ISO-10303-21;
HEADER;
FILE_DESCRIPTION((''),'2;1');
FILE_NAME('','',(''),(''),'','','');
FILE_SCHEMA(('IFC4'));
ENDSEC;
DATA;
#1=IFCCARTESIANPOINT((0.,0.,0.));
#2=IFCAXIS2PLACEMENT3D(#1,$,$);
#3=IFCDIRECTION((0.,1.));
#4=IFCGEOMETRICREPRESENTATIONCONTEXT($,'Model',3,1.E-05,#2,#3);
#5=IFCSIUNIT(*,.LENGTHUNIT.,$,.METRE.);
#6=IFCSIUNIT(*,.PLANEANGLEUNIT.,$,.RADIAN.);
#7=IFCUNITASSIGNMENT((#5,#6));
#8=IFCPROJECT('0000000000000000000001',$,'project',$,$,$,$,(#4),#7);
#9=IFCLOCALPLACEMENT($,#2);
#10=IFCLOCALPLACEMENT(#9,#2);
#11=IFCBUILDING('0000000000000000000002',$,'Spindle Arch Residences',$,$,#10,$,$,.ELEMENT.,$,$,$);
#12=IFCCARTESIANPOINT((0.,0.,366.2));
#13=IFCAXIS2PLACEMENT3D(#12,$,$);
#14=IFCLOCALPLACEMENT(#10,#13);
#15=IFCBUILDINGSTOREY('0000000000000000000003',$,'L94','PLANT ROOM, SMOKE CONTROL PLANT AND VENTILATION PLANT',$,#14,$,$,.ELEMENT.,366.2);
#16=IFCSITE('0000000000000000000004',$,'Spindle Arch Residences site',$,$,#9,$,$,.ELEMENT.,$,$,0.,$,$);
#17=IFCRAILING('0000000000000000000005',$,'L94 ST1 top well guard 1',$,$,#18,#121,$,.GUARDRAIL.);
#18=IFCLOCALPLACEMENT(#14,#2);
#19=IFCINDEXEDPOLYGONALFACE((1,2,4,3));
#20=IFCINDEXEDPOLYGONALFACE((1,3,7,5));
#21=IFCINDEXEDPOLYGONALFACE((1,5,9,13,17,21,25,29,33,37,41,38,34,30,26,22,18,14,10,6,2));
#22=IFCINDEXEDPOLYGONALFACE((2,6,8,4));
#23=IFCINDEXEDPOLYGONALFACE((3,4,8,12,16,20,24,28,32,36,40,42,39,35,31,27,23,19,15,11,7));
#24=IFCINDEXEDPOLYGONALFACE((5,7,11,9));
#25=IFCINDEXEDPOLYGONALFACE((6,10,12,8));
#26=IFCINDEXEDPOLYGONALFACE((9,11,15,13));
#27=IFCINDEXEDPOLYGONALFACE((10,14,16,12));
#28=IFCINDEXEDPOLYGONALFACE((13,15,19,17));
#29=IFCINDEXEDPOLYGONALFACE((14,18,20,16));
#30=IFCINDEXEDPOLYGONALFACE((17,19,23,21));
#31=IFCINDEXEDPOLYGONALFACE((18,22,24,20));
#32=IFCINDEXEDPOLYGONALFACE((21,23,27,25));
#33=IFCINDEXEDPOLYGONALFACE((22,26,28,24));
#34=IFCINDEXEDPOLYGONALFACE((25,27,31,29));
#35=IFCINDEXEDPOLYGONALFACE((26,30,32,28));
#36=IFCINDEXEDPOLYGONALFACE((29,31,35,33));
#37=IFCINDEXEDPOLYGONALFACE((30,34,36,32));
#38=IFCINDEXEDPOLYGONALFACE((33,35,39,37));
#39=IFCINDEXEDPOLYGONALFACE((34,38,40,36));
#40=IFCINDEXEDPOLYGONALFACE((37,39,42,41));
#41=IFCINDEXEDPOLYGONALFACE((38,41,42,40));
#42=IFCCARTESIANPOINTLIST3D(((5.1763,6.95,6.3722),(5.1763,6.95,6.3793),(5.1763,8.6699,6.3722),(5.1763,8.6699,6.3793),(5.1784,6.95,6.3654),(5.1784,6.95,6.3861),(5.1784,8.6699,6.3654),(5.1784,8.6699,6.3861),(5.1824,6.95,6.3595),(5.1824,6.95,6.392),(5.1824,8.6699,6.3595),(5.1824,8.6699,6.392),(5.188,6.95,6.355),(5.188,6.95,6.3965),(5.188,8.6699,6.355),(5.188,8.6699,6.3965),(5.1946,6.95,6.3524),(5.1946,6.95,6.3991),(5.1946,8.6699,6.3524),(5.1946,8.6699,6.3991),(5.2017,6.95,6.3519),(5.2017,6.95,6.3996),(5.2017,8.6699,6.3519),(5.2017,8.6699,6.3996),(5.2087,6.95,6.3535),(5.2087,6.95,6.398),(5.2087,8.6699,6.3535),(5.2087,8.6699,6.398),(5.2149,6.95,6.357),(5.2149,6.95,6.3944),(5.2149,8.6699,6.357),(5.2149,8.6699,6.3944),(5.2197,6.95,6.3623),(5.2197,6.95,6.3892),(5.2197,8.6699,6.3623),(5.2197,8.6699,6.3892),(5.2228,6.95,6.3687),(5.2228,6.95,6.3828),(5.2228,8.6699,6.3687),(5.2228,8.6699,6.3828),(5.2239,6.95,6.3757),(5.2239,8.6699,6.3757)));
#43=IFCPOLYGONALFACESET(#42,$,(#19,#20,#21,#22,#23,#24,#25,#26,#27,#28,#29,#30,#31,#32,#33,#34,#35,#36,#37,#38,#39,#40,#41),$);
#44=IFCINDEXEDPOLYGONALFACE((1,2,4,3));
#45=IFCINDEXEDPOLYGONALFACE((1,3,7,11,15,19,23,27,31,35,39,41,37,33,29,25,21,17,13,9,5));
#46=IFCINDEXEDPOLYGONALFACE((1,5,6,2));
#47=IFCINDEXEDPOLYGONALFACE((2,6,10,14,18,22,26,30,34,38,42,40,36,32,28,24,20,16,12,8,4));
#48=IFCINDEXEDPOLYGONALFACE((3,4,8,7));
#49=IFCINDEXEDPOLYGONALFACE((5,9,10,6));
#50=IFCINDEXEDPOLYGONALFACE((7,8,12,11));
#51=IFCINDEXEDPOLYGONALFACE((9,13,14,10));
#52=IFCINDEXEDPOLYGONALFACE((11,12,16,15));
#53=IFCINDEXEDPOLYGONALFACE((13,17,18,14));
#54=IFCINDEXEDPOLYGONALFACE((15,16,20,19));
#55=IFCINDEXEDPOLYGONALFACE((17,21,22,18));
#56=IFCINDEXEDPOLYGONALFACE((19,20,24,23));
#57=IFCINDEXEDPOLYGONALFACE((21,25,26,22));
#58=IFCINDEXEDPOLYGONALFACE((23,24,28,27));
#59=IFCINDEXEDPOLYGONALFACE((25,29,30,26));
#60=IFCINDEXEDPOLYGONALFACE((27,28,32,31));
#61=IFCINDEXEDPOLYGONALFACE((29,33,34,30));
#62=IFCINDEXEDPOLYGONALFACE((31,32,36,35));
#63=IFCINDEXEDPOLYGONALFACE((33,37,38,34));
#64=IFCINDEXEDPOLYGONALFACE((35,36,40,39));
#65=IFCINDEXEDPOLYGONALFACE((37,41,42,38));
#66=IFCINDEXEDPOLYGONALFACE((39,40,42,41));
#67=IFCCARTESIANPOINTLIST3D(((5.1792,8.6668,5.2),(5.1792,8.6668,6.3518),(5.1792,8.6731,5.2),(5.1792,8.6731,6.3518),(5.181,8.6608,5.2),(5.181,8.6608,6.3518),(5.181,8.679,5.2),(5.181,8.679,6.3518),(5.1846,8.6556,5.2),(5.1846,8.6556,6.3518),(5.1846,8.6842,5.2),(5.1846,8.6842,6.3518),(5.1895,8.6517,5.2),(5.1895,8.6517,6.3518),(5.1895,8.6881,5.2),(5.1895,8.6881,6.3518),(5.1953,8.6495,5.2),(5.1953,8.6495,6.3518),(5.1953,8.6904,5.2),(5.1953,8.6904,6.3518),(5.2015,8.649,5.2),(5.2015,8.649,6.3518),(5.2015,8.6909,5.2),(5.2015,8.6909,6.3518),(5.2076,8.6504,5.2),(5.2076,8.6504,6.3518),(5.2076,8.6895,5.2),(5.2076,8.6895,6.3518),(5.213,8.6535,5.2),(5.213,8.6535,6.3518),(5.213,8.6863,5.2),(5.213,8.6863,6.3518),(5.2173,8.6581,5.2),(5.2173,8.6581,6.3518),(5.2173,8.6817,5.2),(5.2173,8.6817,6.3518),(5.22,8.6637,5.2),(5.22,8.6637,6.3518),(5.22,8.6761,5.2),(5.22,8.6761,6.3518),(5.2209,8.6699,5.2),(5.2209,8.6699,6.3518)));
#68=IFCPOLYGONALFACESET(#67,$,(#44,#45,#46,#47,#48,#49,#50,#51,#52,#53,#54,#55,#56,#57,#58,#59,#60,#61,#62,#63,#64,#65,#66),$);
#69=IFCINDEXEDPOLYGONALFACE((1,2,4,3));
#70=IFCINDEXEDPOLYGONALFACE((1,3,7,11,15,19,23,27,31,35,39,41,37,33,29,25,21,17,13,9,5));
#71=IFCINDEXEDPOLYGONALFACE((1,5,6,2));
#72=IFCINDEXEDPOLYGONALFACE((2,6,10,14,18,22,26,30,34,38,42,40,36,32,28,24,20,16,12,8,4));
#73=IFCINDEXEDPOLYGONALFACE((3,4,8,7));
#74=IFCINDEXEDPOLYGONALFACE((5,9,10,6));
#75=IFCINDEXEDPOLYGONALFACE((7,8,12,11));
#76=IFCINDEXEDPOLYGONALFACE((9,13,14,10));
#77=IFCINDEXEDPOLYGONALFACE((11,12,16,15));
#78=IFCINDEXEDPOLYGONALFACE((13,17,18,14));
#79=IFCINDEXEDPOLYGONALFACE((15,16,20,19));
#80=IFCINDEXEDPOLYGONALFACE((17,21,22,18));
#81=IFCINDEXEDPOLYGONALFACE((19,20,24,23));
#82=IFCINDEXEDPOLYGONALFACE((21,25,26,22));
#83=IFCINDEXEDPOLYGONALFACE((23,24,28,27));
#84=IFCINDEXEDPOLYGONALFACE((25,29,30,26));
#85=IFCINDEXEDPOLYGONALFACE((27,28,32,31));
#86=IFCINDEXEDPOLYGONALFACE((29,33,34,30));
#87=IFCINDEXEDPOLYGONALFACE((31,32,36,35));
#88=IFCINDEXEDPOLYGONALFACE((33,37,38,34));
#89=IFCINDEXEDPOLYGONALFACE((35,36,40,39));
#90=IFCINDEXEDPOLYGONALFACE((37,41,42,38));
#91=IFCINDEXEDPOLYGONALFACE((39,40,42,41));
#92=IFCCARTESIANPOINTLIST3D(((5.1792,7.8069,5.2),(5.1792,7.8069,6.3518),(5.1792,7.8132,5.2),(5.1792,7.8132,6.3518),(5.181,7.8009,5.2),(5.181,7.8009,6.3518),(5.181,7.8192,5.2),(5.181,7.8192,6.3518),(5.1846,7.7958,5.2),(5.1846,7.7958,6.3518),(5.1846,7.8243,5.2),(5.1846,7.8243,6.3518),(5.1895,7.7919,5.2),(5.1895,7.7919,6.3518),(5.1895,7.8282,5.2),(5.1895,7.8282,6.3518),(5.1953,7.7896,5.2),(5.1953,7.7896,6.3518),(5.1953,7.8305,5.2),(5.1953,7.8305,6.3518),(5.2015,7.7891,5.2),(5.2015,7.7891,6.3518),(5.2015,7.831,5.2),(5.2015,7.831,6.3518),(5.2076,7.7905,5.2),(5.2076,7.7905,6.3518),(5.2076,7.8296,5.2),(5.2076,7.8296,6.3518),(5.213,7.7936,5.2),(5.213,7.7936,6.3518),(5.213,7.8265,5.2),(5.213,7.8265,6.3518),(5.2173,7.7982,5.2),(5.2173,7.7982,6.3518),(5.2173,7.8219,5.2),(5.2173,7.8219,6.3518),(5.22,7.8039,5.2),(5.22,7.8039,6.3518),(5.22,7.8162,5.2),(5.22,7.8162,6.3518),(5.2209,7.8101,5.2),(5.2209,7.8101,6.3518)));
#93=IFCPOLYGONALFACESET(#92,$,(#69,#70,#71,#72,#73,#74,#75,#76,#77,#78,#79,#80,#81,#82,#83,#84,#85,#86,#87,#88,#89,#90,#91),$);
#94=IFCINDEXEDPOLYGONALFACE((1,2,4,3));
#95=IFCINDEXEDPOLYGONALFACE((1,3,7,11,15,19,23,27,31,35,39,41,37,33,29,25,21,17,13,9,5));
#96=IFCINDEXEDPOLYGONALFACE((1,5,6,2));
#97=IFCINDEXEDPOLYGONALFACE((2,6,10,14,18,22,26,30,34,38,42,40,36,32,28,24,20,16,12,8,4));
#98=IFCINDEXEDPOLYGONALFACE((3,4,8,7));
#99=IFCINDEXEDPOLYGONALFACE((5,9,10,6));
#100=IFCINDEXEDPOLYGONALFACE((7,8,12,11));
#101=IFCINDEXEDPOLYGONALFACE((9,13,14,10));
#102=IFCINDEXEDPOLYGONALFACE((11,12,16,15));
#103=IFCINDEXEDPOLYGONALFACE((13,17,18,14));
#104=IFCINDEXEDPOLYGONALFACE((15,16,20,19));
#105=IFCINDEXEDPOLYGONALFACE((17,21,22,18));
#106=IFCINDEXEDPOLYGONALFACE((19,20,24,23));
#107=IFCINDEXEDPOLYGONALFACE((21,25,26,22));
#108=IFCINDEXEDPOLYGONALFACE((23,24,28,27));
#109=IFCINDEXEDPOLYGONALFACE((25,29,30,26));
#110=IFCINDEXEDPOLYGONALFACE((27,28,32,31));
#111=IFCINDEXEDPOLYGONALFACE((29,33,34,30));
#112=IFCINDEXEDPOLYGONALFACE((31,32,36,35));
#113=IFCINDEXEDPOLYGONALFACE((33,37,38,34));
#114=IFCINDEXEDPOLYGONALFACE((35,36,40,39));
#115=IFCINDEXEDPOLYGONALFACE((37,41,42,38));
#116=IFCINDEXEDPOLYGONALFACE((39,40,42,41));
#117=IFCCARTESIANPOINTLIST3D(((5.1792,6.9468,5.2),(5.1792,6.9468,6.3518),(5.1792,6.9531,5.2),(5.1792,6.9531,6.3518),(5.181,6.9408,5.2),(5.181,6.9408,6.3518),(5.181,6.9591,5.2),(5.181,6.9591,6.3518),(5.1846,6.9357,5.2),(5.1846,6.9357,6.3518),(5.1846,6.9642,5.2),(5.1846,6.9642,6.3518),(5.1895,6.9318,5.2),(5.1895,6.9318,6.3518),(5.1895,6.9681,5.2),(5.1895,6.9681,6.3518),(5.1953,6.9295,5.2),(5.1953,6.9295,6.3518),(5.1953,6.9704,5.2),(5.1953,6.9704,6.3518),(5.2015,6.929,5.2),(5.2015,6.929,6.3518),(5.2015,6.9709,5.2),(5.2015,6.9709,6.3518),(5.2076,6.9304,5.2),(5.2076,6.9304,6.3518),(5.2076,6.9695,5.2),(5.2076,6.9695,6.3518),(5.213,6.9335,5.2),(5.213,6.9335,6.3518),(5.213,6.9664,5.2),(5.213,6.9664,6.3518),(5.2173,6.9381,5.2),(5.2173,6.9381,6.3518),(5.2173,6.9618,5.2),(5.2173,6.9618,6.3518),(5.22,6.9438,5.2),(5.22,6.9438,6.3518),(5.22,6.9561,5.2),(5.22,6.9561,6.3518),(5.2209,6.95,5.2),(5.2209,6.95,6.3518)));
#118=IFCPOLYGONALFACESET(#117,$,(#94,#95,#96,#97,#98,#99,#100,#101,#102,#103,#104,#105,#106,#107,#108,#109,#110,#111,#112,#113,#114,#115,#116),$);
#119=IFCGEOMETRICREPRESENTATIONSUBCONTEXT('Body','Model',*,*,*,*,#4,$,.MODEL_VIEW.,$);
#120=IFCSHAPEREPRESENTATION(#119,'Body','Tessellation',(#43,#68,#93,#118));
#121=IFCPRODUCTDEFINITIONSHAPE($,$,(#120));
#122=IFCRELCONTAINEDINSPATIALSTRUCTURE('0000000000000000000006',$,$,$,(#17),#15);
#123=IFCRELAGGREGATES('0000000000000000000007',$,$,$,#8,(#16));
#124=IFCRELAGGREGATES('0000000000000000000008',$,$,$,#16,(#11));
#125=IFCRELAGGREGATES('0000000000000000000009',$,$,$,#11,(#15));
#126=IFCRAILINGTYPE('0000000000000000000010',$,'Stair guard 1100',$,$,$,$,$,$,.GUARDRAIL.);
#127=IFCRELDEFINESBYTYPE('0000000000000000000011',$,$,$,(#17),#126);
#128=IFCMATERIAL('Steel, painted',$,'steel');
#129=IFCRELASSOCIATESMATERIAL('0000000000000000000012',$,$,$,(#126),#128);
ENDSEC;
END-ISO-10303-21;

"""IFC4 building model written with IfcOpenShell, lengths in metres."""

from ifc_helpers import new_model, si_unit, direction, frame, origin, origin_2d, place, context, subcontext, project, spatial, circle, extrude, material, type_object, element, save


model = new_model("IFC4")

# Units and contexts
model_context = context("Model", 3, precision=1e-05, world=origin(), true_north=direction((0.0, 1.0)))
body_context = subcontext(model_context, "Body", "Model", "MODEL_VIEW")
ifc_project = project(units=[si_unit("LENGTHUNIT", "METRE"), si_unit("PLANEANGLEUNIT", "RADIAN")], contexts=[model_context])

# Site, building, storey
site_placement = place(None, origin())
site = spatial("IfcSite", under=ifc_project, at=site_placement, Name="Spindle Arch Residences site", CompositionType="ELEMENT", RefElevation=0.0)
building_placement = place(site_placement, origin())
building = spatial("IfcBuilding", under=site, at=building_placement, Name="Spindle Arch Residences", CompositionType="ELEMENT")
storey_placement = place(building_placement, frame((0.0, 0.0, 366.2)))
storey = spatial("IfcBuildingStorey", under=building, at=storey_placement, Name="L94", Description="PLANT ROOM, SMOKE CONTROL PLANT AND VENTILATION PLANT", CompositionType="ELEMENT", Elevation=366.2)

# Railing
ifc_material_1 = material(Name="Steel, painted", Category="steel")
railing_type_1 = type_object("IfcRailingType", Name="Stair guard 1100", PredefinedType="GUARDRAIL", material=ifc_material_1)
railing_1_placement = place(storey_placement, frame((5.2, 8.6699, 5.2)))
element("IfcRailing", 1, at=railing_1_placement, inside=storey, type_object=railing_type_1, Name="L94 ST1 top well guard 1", PredefinedType="GUARDRAIL", context=body_context, shape_type="SweptSolid", body=[
    extrude(circle(Radius=0.0239, at=origin_2d()), frame((0.0, 0.0, 1.1758), z_axis=(0.0, -1.0, 0.0), x_axis=(1.0, 0.0, 0.0)), (0.0, 0.0, 1.0), 1.72),
    extrude(circle(Radius=0.021, at=origin_2d()), origin(), (0.0, 0.0, 1.0), 1.1519),
    extrude(circle(Radius=0.021, at=origin_2d()), frame((0.0, -0.8599, 0.0)), (0.0, 0.0, 1.0), 1.1519),
    extrude(circle(Radius=0.021, at=origin_2d()), frame((0.0, -1.72, 0.0)), (0.0, 0.0, 1.0), 1.1519),
])

save(model, "model.ifc")
